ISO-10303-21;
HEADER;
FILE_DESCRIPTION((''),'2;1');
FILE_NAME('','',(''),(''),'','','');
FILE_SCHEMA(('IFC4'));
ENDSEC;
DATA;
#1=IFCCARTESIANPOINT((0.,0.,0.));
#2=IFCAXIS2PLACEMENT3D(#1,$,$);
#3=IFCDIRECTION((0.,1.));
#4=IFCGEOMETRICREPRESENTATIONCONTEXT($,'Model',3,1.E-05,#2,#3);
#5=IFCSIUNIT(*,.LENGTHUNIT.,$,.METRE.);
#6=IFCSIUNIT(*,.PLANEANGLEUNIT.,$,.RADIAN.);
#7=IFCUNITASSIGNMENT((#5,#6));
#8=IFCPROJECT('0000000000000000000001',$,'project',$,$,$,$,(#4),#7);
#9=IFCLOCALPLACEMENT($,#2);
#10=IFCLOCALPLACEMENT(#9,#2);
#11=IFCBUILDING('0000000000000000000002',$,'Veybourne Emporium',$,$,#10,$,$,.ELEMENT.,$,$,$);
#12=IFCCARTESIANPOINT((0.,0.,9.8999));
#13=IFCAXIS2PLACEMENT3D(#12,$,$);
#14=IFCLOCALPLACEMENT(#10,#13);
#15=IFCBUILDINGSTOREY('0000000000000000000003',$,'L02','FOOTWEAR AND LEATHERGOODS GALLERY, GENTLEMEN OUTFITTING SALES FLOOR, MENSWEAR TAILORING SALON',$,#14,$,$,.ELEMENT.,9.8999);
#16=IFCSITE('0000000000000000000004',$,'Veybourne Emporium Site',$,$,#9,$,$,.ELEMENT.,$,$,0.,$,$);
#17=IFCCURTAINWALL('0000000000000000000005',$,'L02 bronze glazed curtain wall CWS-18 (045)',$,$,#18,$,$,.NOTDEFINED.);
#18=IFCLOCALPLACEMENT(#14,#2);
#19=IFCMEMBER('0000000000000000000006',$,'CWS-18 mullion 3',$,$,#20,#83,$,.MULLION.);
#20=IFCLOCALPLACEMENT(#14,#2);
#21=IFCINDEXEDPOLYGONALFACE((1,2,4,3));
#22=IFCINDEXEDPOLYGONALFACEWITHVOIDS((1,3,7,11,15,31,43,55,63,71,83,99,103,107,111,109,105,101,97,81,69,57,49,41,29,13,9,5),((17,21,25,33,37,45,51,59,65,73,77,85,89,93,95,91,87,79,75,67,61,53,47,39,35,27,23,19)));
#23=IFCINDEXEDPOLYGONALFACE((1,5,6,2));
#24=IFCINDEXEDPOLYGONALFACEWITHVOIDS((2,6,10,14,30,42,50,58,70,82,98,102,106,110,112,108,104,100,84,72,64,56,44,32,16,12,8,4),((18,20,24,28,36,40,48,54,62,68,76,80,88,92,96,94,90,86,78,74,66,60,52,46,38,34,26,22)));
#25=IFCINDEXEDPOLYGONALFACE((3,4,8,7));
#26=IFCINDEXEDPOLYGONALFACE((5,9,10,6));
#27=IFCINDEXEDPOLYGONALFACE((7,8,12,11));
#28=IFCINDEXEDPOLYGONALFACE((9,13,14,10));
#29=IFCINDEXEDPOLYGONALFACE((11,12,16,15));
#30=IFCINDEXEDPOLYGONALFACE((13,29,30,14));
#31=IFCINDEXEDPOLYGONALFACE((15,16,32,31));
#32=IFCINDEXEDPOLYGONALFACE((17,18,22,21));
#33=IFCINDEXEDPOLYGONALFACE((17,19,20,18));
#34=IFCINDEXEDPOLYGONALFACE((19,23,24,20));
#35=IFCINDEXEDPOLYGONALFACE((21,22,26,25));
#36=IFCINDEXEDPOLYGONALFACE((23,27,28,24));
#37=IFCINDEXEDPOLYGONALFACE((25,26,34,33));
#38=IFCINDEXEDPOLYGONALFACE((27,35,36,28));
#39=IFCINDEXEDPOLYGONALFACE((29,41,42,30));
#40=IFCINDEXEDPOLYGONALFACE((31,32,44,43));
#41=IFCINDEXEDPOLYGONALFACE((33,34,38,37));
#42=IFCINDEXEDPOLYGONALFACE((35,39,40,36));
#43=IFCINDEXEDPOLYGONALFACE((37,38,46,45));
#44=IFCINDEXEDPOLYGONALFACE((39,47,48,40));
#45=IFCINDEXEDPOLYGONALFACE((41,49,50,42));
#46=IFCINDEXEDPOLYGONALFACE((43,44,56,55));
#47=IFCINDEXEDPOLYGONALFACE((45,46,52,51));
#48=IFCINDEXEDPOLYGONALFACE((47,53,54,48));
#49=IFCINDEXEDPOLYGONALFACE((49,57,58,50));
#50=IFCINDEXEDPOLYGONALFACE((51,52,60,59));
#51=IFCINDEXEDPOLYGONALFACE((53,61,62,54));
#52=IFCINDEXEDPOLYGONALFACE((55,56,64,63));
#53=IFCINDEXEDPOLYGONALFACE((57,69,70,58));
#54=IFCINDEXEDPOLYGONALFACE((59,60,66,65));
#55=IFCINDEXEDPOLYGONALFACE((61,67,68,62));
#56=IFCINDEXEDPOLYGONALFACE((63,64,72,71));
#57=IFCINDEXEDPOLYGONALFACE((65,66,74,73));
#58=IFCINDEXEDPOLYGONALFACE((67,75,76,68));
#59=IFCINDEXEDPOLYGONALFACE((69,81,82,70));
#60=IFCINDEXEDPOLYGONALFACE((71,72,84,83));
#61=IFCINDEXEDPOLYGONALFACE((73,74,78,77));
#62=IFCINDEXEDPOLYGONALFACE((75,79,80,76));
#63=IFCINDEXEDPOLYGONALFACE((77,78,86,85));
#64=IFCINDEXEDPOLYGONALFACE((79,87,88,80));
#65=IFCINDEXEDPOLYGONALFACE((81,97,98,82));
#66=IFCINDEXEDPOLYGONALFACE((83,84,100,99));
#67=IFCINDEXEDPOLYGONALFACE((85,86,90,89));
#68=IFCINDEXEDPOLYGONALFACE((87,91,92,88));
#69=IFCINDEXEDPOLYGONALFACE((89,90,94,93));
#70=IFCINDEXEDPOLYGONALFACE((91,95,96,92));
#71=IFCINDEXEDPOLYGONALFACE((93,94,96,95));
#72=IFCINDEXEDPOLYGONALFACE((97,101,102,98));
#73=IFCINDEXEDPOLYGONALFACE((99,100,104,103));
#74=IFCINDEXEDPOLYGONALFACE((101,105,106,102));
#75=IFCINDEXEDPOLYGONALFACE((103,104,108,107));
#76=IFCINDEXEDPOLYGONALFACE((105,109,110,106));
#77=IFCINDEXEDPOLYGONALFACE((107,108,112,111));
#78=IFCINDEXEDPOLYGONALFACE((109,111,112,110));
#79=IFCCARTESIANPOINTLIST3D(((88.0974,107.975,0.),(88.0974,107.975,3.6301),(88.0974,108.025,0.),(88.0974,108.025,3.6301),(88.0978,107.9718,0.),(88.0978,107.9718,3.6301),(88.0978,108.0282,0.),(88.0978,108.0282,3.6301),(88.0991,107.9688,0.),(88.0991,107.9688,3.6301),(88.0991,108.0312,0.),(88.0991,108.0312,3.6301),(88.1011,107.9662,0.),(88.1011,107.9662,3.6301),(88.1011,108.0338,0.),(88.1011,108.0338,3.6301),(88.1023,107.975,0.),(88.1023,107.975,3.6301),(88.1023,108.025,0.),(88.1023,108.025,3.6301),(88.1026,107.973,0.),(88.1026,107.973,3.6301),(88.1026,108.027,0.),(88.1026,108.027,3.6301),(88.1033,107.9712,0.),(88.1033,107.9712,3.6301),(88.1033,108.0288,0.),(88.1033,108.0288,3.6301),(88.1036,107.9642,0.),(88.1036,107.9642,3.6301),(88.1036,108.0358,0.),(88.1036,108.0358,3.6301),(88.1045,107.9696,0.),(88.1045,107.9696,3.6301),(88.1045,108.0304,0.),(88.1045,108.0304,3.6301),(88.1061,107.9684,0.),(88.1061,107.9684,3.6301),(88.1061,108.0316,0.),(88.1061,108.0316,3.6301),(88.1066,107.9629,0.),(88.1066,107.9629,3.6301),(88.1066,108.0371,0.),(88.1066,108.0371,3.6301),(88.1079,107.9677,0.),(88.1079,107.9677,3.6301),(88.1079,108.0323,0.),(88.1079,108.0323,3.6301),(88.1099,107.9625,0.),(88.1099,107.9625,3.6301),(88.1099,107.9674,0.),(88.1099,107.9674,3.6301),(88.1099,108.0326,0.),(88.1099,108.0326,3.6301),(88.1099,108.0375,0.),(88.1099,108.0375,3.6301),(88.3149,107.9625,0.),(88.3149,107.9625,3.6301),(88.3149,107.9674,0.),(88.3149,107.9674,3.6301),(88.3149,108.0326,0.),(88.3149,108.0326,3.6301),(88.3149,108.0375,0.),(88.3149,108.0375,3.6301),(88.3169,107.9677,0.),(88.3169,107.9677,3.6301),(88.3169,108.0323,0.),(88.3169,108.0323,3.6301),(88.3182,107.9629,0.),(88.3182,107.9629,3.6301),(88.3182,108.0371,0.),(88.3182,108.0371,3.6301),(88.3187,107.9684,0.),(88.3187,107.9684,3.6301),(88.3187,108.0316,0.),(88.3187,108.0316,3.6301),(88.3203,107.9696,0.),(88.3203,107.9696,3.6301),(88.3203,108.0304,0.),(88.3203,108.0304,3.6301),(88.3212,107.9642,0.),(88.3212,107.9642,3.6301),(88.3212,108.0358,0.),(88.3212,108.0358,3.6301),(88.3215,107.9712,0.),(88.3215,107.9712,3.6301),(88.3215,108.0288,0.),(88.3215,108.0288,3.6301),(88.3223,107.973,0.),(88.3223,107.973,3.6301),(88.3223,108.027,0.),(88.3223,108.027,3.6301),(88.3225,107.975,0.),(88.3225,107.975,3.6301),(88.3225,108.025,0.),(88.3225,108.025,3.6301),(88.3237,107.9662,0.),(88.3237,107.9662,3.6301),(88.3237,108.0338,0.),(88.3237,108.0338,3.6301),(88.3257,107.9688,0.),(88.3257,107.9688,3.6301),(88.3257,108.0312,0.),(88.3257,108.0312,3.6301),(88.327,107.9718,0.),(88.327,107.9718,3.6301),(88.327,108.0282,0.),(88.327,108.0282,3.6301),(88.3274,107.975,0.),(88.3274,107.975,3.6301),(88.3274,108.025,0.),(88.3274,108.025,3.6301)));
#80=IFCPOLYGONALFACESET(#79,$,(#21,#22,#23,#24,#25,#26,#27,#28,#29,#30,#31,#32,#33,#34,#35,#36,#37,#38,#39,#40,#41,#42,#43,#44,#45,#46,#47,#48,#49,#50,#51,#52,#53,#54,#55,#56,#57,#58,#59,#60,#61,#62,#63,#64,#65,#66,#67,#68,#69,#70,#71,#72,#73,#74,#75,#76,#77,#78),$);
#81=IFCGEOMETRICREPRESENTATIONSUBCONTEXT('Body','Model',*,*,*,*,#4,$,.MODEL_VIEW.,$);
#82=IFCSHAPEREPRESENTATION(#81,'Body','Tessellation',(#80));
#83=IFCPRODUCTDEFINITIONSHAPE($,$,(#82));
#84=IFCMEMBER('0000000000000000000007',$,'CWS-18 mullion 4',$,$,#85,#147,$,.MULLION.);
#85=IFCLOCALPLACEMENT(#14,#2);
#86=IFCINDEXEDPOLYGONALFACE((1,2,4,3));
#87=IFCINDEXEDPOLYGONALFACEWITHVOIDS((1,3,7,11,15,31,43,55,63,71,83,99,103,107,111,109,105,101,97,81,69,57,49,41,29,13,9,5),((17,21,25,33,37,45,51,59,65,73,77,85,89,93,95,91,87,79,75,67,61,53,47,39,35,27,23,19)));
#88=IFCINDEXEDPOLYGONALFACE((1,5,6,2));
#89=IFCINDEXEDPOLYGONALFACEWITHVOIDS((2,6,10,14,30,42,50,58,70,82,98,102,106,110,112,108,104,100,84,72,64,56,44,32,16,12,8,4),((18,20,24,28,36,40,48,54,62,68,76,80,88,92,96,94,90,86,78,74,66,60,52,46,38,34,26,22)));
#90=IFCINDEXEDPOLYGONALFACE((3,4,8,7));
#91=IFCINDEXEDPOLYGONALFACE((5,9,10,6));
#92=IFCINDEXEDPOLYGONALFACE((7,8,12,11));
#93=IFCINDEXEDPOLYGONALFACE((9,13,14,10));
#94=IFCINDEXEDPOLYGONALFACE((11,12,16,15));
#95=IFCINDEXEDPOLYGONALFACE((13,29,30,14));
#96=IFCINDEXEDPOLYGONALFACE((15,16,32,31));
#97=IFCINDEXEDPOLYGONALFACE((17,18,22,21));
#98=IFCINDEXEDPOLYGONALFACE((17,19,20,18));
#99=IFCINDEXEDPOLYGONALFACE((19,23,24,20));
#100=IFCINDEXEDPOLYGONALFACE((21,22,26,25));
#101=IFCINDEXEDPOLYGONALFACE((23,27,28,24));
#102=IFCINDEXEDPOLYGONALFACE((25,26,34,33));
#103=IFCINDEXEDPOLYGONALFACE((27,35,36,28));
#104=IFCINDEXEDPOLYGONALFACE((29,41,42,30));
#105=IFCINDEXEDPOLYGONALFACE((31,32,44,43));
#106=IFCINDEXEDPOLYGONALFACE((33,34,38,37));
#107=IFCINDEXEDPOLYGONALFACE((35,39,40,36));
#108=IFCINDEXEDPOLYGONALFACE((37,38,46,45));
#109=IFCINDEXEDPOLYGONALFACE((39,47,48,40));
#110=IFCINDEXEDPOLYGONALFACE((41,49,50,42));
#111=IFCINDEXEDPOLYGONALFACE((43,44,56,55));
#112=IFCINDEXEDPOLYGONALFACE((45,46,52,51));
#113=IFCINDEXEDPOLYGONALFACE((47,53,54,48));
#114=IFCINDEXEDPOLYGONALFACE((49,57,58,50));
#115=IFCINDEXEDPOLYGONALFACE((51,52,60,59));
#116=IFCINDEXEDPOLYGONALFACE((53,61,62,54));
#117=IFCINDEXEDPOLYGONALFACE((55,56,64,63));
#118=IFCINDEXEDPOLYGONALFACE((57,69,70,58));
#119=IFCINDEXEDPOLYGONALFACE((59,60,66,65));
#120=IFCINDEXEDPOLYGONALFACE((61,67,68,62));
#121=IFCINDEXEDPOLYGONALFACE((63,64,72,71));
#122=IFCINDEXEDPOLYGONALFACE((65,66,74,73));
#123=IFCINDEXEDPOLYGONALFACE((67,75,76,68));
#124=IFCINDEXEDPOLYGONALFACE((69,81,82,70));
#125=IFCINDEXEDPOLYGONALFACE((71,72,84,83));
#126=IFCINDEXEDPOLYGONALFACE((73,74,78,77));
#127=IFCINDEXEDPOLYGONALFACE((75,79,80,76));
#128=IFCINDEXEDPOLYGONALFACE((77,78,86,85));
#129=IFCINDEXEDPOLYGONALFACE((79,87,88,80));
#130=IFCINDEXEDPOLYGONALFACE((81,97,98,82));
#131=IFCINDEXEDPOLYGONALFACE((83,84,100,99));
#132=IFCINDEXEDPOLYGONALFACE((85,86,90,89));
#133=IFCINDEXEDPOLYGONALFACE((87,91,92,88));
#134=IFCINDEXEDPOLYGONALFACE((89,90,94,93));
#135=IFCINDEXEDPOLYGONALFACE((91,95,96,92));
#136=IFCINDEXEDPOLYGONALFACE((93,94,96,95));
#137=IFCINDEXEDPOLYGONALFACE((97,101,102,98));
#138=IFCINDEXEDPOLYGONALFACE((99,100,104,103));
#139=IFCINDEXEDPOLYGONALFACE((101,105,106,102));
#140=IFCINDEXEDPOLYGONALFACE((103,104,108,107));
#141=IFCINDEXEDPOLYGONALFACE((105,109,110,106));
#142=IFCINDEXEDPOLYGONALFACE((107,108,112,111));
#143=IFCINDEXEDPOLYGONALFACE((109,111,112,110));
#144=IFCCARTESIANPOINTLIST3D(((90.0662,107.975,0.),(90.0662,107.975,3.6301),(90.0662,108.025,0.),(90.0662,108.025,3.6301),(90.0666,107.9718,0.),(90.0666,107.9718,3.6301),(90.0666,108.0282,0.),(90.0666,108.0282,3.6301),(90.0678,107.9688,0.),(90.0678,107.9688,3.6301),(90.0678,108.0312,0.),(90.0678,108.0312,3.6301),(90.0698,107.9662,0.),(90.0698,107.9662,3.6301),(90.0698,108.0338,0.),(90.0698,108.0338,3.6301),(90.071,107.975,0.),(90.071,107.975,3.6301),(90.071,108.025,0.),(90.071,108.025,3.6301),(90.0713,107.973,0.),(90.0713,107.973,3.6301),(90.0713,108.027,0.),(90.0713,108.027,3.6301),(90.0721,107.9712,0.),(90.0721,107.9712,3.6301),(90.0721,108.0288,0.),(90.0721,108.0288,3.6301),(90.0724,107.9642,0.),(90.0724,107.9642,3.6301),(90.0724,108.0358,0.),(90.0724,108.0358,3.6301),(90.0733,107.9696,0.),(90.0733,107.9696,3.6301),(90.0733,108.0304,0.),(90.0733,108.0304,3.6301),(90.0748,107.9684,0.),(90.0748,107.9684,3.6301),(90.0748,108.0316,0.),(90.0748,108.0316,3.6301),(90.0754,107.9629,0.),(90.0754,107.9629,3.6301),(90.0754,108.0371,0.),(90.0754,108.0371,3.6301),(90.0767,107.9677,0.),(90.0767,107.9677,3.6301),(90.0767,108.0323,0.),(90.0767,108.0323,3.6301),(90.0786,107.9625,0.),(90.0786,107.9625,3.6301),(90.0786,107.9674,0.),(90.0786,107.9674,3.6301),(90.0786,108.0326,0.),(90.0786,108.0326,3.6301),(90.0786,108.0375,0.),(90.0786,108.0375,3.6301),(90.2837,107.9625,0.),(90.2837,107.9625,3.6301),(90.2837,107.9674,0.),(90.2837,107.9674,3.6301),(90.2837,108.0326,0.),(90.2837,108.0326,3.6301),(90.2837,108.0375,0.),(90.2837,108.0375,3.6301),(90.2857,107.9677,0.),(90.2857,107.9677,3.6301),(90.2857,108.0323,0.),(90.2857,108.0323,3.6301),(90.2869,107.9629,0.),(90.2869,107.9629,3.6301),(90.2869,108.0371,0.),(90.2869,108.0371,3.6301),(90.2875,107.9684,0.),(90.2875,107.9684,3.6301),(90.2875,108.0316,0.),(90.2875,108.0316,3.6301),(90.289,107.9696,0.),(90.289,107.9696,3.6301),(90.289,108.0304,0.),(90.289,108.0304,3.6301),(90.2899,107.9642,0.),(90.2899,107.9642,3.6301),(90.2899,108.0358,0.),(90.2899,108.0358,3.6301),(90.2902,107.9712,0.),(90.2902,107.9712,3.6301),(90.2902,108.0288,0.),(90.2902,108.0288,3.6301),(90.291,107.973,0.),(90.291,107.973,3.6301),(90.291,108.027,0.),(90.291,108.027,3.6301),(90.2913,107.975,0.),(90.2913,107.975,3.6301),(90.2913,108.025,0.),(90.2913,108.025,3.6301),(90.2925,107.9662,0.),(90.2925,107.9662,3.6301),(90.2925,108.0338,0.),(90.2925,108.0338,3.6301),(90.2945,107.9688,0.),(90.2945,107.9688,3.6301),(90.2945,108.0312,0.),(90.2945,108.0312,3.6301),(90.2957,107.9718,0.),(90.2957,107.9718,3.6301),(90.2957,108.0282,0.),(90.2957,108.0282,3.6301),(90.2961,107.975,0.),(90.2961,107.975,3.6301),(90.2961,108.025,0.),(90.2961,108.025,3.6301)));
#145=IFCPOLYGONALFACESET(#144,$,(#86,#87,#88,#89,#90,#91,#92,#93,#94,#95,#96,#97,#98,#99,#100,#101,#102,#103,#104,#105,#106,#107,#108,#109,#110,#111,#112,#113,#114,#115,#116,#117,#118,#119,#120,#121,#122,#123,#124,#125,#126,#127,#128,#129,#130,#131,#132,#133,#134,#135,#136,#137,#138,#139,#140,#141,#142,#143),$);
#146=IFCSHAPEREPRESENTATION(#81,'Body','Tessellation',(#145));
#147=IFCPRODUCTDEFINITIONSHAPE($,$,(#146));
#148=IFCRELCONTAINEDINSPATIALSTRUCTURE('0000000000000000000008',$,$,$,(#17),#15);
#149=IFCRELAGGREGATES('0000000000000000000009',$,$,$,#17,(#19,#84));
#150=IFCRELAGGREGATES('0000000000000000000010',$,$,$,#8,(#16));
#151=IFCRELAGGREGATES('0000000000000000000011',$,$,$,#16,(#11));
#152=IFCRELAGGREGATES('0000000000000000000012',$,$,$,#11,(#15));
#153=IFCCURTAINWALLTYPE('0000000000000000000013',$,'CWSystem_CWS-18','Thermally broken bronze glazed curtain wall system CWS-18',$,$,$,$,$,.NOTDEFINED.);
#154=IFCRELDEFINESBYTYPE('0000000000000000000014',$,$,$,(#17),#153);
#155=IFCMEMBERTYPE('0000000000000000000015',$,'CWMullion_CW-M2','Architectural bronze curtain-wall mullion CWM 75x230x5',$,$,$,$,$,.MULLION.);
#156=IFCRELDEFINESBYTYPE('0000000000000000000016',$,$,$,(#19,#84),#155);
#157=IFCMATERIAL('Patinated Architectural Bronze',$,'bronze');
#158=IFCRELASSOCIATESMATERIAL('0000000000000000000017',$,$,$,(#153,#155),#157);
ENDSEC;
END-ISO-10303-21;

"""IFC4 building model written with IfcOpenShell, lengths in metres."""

from ifc_helpers import new_model, si_unit, direction, frame, origin, origin_2d, place, context, subcontext, project, spatial, hollow_rectangle, extrude, material, material_profile, profile_set, type_object, element, aggregate, save


model = new_model("IFC4")

# Units and contexts
model_context = context("Model", 3, precision=1e-05, world=origin(), true_north=direction((0.0, 1.0)))
body_context = subcontext(model_context, "Body", "Model", "MODEL_VIEW")
ifc_project = project(units=[si_unit("LENGTHUNIT", "METRE"), si_unit("PLANEANGLEUNIT", "RADIAN")], contexts=[model_context])

# Site, building, storey
site_placement = place(None, origin())
site = spatial("IfcSite", under=ifc_project, at=site_placement, Name="Veybourne Emporium Site", CompositionType="ELEMENT", RefElevation=0.0)
building_placement = place(site_placement, origin())
building = spatial("IfcBuilding", under=site, at=building_placement, Name="Veybourne Emporium", CompositionType="ELEMENT")
storey_placement = place(building_placement, frame((0.0, 0.0, 9.8999)))
storey = spatial("IfcBuildingStorey", under=building, at=storey_placement, Name="L02", Description="FOOTWEAR AND LEATHERGOODS GALLERY, GENTLEMEN OUTFITTING SALES FLOOR, MENSWEAR TAILORING SALON", CompositionType="ELEMENT", Elevation=9.8999)

# Curtain wall, members
ifc_material_1 = material(Name="Patinated Architectural Bronze", Category="bronze")
curtain_wall_type = type_object("IfcCurtainWallType", Name="CWSystem_CWS-18", Description="Thermally broken bronze glazed curtain wall system CWS-18", PredefinedType="NOTDEFINED", material=ifc_material_1)
curtain_wall_placement = place(storey_placement, origin())
curtain_wall = element("IfcCurtainWall", 1, at=curtain_wall_placement, inside=storey, type_object=curtain_wall_type, Name="L02 bronze glazed curtain wall CWS-18 (045)", PredefinedType="NOTDEFINED")
ifc_material_profile_1 = material_profile(ifc_material_1, hollow_rectangle(XDim=0.075, YDim=0.23, WallThickness=0.0049, InnerFilletRadius=0.0076, OuterFilletRadius=0.0125, at=origin_2d()), Name="CWM 75x230x5")
ifc_profile_set_1 = profile_set([ifc_material_profile_1], Name="Patinated Architectural Bronze")
member_type_1 = type_object("IfcMemberType", Name="CWMullion_CW-M2", Description="Architectural bronze curtain-wall mullion CWM 75x230x5", PredefinedType="MULLION", material=ifc_profile_set_1)
member_1_placement = place(storey_placement, frame((88.2124, 108.0, 0.0), z_axis=(0.0, 0.0, 1.0), x_axis=(0.0, 1.0, 0.0)))
member_1 = element("IfcMember", 2, at=member_1_placement, type_object=member_type_1, Name="CWS-18 mullion 3", PredefinedType="MULLION", context=body_context, shape_type="SweptSolid", body=[
    extrude(hollow_rectangle(XDim=0.075, YDim=0.23, WallThickness=0.0049, InnerFilletRadius=0.0076, OuterFilletRadius=0.0125, at=origin_2d()), origin(), (0.0, 0.0, 1.0), 3.6301),
])
member_2_placement = place(storey_placement, frame((90.1812, 108.0, 0.0), z_axis=(0.0, 0.0, 1.0), x_axis=(0.0, 1.0, 0.0)))
member_2 = element("IfcMember", 3, at=member_2_placement, type_object=member_type_1, Name="CWS-18 mullion 4", PredefinedType="MULLION", context=body_context, shape_type="SweptSolid", body=[
    extrude(hollow_rectangle(XDim=0.075, YDim=0.23, WallThickness=0.0049, InnerFilletRadius=0.0076, OuterFilletRadius=0.0125, at=origin_2d()), origin(), (0.0, 0.0, 1.0), 3.6301),
])

aggregate(curtain_wall, [member_1, member_2])

save(model, "model.ifc")
